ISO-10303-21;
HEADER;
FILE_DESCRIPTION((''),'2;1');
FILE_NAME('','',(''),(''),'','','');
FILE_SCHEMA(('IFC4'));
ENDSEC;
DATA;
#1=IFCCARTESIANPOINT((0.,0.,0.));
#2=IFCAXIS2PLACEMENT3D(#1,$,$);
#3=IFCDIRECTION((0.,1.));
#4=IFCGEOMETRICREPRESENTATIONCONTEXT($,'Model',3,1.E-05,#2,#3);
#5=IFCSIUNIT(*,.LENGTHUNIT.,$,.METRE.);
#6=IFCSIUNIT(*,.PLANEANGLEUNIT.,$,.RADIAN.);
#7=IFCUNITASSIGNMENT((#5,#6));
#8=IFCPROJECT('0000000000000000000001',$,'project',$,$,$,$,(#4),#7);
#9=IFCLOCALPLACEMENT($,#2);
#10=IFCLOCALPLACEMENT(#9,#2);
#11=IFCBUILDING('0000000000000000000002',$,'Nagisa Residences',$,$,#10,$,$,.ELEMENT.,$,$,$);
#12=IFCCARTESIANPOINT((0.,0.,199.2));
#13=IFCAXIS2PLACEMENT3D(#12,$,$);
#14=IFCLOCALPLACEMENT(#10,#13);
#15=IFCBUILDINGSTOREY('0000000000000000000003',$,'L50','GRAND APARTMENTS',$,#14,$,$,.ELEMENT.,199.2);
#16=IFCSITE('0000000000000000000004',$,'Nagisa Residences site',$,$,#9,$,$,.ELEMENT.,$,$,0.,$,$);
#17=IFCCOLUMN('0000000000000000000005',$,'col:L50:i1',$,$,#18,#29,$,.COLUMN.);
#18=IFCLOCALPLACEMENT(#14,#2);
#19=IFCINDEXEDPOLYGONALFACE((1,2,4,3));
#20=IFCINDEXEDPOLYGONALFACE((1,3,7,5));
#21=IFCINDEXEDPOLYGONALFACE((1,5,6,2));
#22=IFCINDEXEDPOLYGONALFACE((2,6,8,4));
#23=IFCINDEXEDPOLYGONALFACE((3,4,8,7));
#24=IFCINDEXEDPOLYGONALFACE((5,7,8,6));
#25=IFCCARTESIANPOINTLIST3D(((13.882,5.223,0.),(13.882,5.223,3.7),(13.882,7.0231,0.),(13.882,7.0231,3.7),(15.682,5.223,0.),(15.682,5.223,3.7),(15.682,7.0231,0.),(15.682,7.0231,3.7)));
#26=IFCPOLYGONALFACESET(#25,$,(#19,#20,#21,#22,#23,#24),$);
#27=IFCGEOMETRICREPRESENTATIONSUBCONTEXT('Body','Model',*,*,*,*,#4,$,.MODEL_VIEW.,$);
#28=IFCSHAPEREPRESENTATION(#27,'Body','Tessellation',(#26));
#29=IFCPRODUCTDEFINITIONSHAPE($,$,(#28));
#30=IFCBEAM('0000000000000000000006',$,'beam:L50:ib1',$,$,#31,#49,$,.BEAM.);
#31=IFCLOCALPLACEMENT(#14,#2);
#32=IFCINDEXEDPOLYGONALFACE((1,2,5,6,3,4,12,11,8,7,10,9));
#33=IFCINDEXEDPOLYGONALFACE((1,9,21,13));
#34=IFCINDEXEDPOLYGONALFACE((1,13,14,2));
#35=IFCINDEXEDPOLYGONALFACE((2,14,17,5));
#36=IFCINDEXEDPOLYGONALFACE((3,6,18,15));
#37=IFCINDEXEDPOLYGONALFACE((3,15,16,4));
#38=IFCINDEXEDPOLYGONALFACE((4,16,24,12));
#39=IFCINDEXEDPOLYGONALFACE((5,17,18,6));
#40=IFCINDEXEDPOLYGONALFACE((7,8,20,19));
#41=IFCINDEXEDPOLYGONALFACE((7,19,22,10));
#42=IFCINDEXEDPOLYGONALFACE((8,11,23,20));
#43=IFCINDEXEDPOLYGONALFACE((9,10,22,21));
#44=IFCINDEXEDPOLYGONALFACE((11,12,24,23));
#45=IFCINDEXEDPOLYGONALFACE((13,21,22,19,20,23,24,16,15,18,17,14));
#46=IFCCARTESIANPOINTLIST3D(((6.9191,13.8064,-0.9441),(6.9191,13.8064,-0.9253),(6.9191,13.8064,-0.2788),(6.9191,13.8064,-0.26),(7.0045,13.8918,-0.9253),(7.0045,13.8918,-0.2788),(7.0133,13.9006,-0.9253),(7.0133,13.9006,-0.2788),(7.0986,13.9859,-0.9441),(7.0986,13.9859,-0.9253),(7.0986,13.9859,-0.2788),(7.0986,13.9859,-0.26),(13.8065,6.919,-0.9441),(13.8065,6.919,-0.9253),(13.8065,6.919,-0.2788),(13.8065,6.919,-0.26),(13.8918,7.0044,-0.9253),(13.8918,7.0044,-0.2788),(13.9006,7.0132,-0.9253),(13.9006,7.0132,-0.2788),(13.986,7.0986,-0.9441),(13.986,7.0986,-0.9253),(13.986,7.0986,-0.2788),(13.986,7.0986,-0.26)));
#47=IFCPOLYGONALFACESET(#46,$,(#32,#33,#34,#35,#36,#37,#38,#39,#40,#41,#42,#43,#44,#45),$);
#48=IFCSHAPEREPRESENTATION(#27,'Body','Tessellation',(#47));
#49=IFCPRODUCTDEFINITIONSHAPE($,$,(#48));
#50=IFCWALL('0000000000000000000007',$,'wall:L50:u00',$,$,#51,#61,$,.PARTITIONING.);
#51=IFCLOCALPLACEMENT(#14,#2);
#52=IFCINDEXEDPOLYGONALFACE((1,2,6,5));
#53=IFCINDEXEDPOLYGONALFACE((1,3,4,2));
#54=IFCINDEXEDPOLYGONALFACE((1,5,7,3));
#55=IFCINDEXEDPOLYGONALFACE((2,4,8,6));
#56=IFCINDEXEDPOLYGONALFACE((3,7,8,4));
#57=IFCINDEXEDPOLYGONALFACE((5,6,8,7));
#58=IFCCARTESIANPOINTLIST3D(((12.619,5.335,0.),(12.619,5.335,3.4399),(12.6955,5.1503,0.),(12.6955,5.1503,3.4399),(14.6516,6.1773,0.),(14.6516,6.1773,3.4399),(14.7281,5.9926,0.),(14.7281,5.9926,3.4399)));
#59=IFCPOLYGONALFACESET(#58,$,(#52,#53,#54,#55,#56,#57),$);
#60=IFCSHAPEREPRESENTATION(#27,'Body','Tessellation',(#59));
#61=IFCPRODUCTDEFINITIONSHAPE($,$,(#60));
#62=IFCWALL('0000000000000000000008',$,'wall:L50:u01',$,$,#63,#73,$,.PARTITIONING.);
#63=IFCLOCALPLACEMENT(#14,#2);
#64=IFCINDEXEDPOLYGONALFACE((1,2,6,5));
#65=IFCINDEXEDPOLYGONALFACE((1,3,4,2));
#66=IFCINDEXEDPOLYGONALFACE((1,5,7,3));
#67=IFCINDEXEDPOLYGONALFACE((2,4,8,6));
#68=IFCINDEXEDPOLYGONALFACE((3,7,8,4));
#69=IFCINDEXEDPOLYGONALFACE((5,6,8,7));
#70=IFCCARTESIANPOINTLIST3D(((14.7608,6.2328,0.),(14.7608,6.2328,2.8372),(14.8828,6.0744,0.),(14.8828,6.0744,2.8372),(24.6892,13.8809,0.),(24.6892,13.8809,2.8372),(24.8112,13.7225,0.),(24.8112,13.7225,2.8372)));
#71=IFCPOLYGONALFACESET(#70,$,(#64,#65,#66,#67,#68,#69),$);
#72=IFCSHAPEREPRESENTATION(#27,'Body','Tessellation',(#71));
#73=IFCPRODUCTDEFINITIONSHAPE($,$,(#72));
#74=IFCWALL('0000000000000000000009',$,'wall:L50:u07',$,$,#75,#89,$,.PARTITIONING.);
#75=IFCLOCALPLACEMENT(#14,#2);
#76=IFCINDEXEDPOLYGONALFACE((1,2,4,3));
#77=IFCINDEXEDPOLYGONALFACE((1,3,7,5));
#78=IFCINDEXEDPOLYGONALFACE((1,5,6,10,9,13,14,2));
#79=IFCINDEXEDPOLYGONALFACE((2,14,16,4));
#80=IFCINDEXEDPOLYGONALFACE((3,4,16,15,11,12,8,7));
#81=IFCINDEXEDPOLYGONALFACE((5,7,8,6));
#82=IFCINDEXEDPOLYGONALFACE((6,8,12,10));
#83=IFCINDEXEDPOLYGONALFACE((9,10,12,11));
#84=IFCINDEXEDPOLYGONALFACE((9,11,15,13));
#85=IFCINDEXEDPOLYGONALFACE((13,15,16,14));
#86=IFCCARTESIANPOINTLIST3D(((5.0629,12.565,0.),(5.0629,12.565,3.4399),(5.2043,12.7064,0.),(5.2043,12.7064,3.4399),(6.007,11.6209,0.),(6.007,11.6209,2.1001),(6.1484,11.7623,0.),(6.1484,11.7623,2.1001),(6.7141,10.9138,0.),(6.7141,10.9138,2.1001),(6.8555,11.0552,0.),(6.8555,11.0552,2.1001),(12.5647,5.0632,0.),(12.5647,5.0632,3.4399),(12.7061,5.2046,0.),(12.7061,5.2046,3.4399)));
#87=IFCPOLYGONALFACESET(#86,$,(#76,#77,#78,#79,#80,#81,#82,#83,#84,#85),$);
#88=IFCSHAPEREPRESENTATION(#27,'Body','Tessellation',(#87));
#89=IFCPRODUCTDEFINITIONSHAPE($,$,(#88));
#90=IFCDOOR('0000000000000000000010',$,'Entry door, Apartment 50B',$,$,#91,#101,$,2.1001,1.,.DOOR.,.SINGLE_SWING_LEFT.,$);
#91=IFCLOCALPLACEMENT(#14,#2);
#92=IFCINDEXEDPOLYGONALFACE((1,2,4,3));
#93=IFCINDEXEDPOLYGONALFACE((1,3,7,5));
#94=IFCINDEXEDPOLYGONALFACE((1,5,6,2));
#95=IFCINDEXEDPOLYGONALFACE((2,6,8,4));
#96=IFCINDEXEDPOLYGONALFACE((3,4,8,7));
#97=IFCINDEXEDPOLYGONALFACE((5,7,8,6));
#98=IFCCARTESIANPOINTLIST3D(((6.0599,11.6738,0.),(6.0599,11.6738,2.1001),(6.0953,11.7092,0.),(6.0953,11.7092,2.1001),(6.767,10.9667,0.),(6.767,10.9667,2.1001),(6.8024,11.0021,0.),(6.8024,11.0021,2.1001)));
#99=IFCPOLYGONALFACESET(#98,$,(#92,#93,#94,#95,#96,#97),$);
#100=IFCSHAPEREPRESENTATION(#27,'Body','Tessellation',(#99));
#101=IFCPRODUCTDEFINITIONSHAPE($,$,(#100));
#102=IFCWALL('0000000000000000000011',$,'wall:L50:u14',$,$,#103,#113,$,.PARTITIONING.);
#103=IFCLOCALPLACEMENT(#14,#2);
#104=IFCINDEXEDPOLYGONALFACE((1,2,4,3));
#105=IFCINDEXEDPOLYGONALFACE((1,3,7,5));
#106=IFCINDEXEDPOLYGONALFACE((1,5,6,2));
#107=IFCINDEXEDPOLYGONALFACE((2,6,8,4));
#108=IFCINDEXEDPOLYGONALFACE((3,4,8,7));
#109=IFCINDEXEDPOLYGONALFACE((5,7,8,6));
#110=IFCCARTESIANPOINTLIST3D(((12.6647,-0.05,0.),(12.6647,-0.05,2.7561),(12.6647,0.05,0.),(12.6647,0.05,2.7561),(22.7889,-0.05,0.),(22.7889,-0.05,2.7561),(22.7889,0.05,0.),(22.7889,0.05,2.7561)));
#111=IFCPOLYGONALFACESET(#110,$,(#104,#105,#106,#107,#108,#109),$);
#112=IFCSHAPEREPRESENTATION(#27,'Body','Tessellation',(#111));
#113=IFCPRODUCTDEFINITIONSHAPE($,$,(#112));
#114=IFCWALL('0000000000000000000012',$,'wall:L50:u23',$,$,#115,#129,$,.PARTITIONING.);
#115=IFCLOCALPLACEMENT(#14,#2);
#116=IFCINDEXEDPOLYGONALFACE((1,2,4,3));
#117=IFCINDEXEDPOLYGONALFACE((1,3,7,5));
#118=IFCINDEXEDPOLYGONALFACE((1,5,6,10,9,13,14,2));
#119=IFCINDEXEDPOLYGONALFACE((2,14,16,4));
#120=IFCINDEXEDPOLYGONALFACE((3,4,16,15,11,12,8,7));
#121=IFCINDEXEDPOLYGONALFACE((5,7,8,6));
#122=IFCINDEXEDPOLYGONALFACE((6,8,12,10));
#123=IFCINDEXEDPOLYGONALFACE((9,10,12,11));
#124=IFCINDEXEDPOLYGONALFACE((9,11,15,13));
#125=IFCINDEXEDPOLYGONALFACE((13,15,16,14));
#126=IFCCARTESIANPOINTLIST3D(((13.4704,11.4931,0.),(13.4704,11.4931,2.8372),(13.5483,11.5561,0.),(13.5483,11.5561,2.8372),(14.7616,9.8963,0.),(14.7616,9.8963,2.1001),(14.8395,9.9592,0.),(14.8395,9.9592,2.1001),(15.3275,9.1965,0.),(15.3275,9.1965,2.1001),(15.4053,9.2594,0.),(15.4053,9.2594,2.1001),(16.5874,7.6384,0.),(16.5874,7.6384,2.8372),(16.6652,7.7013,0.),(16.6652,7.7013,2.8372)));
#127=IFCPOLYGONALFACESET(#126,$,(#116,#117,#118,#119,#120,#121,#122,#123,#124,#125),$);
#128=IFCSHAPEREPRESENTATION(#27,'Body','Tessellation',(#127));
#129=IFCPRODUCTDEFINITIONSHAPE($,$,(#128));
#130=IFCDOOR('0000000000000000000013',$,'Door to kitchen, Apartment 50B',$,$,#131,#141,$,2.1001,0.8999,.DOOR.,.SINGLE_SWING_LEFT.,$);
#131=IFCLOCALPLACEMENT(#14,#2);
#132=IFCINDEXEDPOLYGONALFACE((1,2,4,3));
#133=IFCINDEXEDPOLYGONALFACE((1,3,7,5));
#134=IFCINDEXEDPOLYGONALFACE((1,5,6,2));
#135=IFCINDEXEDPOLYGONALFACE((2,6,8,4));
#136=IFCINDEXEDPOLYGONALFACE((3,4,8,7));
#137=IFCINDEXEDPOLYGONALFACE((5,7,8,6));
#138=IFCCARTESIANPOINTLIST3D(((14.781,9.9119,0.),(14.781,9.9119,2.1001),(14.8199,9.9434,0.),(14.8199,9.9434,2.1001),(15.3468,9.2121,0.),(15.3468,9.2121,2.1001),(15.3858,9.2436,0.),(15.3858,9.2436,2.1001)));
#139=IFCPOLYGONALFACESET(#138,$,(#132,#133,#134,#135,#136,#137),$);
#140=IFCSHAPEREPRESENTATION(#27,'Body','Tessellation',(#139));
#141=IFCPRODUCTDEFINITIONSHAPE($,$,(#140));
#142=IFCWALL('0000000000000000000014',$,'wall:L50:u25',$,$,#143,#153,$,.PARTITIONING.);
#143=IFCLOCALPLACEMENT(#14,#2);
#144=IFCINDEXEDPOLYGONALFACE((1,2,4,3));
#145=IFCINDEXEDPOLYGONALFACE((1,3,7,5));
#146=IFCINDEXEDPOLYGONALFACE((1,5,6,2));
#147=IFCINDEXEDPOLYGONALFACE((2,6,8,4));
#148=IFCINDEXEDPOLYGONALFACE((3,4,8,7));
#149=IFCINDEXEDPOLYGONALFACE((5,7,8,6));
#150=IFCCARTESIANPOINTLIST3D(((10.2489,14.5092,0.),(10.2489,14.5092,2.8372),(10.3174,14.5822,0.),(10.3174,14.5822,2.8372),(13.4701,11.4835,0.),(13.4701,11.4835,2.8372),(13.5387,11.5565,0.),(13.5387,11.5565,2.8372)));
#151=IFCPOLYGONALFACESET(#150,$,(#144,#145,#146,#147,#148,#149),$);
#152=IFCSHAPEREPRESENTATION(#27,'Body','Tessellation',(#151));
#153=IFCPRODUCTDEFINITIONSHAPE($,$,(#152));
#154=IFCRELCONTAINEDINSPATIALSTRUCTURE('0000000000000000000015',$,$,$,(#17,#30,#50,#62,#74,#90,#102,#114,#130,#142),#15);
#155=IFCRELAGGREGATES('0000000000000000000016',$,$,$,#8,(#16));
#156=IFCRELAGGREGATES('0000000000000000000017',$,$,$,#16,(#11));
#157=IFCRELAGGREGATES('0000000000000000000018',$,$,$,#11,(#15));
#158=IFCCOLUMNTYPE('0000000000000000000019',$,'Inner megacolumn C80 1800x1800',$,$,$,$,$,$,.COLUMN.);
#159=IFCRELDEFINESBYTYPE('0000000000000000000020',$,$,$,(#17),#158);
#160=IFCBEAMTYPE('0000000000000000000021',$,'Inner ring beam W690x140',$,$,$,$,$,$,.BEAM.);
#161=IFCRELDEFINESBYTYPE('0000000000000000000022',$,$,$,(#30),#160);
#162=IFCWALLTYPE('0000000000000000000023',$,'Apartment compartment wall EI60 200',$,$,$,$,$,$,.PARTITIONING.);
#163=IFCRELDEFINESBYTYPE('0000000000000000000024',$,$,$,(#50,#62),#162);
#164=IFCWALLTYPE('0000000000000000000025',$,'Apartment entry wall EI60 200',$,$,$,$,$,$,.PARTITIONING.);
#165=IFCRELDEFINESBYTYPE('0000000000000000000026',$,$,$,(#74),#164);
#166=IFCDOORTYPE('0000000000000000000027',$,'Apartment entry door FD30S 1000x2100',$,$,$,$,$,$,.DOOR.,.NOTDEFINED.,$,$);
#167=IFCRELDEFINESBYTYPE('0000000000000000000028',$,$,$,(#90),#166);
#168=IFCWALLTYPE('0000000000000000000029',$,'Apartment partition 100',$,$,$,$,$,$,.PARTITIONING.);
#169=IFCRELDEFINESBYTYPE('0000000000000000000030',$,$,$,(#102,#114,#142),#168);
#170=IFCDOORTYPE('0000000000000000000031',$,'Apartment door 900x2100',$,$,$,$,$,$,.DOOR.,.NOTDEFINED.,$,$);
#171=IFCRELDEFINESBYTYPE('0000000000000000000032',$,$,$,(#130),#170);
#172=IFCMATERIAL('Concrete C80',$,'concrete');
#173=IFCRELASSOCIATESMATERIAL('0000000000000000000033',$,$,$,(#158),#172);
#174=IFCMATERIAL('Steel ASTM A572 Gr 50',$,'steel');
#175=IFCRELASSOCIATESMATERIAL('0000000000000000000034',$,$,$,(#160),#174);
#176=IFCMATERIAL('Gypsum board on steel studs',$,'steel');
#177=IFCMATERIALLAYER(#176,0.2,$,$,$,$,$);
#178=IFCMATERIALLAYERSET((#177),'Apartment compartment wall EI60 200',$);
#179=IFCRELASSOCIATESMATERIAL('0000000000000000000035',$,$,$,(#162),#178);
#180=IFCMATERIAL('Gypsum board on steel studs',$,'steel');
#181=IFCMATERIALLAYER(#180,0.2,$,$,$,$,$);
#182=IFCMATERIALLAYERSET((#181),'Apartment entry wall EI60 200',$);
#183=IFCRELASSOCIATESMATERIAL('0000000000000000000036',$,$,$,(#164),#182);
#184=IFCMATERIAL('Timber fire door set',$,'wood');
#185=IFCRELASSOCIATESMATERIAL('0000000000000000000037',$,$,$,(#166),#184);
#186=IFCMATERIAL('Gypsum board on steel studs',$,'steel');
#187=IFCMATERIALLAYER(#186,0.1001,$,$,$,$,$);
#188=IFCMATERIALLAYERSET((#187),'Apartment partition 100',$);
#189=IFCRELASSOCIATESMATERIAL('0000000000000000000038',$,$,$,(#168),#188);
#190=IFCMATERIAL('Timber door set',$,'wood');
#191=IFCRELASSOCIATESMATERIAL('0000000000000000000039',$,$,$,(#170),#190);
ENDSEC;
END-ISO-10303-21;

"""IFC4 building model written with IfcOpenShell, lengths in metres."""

from ifc_helpers import new_model, si_unit, direction, frame, frame_2d, origin, origin_2d, place, context, subcontext, project, spatial, rectangle, i_section, extrude, material, layer, layer_set, material_profile, profile_set, type_object, element, fill, save


model = new_model("IFC4")

# Units and contexts
model_context = context("Model", 3, precision=1e-05, world=origin(), true_north=direction((0.0, 1.0)))
body_context = subcontext(model_context, "Body", "Model", "MODEL_VIEW")
ifc_project = project(units=[si_unit("LENGTHUNIT", "METRE"), si_unit("PLANEANGLEUNIT", "RADIAN")], contexts=[model_context])

# Site, building, storey
site_placement = place(None, origin())
site = spatial("IfcSite", under=ifc_project, at=site_placement, Name="Nagisa Residences site", CompositionType="ELEMENT", RefElevation=0.0)
building_placement = place(site_placement, origin())
building = spatial("IfcBuilding", under=site, at=building_placement, Name="Nagisa Residences", CompositionType="ELEMENT")
storey_placement = place(building_placement, frame((0.0, 0.0, 199.2)))
storey = spatial("IfcBuildingStorey", under=building, at=storey_placement, Name="L50", Description="GRAND APARTMENTS", CompositionType="ELEMENT", Elevation=199.2)

# Column
ifc_material_1 = material(Name="Concrete C80", Category="concrete")
ifc_material_profile_1 = material_profile(ifc_material_1, rectangle(XDim=1.8, YDim=1.8, at=origin_2d()), Name="C80 1800x1800")
ifc_profile_set_1 = profile_set([ifc_material_profile_1], Name="Concrete C80")
column_type = type_object("IfcColumnType", Name="Inner megacolumn C80 1800x1800", PredefinedType="COLUMN", material=ifc_profile_set_1)
column_placement = place(storey_placement, frame((14.782, 6.123, 0.0), z_axis=(0.0, 0.0, 1.0), x_axis=(1.0, 0.0, 0.0)))
element("IfcColumn", 1, at=column_placement, inside=storey, type_object=column_type, Name="col:L50:i1", PredefinedType="COLUMN", context=body_context, shape_type="SweptSolid", body=[
    extrude(rectangle(XDim=1.8, YDim=1.8, at=origin_2d()), origin(), (0.0, 0.0, 1.0), 3.7),
])

# Beam
ifc_material_2 = material(Name="Steel ASTM A572 Gr 50", Category="steel")
ifc_material_profile_2 = material_profile(ifc_material_2, i_section(OverallWidth=0.2539, OverallDepth=0.6841, WebThickness=0.0125, FlangeThickness=0.0188, at=origin_2d()), Name="W690x140")
ifc_profile_set_2 = profile_set([ifc_material_profile_2], Name="Steel ASTM A572 Gr 50")
beam_type = type_object("IfcBeamType", Name="Inner ring beam W690x140", PredefinedType="BEAM", material=ifc_profile_set_2)
beam_placement = place(storey_placement, frame((13.8962, 7.0088, -0.6021), z_axis=(-0.707107, 0.707107, 0.0), x_axis=(-0.707107, -0.707107, 0.0)))
element("IfcBeam", 2, at=beam_placement, inside=storey, type_object=beam_type, Name="beam:L50:ib1", PredefinedType="BEAM", context=body_context, shape_type="SweptSolid", body=[
    extrude(i_section(OverallWidth=0.2539, OverallDepth=0.6841, WebThickness=0.0125, FlangeThickness=0.0188, at=origin_2d()), origin(), (0.0, 0.0, 1.0), 9.7402),
])

# Walls
ifc_material_3 = material(Name="Gypsum board on steel studs", Category="steel")
ifc_layer_1 = layer(ifc_material_3, 0.2)
ifc_layer_set_1 = layer_set([ifc_layer_1], Name="Apartment compartment wall EI60 200")
wall_type_1 = type_object("IfcWallType", Name="Apartment compartment wall EI60 200", PredefinedType="PARTITIONING", material=ifc_layer_set_1)
wall_1_placement = place(storey_placement, frame((12.6572, 5.2427, 0.0), z_axis=(0.0, 0.0, 1.0), x_axis=(0.92383, 0.382803, 0.0)))
element("IfcWall", 3, at=wall_1_placement, inside=storey, type_object=wall_type_1, Name="wall:L50:u00", PredefinedType="PARTITIONING", context=body_context, shape_type="SweptSolid", body=[
    extrude(rectangle(XDim=2.2002, YDim=0.2, at=frame_2d((1.1001, 0.0))), origin(), (0.0, 0.0, 1.0), 3.4399),
])
wall_2_placement = place(storey_placement, frame((14.8218, 6.1536, 0.0), z_axis=(0.0, 0.0, 1.0), x_axis=(0.792203, 0.610258, 0.0)))
element("IfcWall", 4, at=wall_2_placement, inside=storey, type_object=wall_type_1, Name="wall:L50:u01", PredefinedType="PARTITIONING", context=body_context, shape_type="SweptSolid", body=[
    extrude(rectangle(XDim=12.5327, YDim=0.2, at=frame_2d((6.2664, 0.0))), origin(), (0.0, 0.0, 1.0), 2.8372),
])

# Wall, opening, door
ifc_material_4 = material(Name="Gypsum board on steel studs", Category="steel")
ifc_layer_2 = layer(ifc_material_4, 0.2)
ifc_layer_set_2 = layer_set([ifc_layer_2], Name="Apartment entry wall EI60 200")
wall_type_2 = type_object("IfcWallType", Name="Apartment entry wall EI60 200", PredefinedType="PARTITIONING", material=ifc_layer_set_2)
wall_3_placement = place(storey_placement, frame((12.6355, 5.1338, 0.0), z_axis=(0.0, 0.0, 1.0), x_axis=(-0.707107, 0.707107, 0.0)))
wall_3 = element("IfcWall", 5, at=wall_3_placement, inside=storey, type_object=wall_type_2, Name="wall:L50:u07", PredefinedType="PARTITIONING", context=body_context, shape_type="SweptSolid", body=[
    extrude(rectangle(XDim=10.6091, YDim=0.2, at=frame_2d((5.3047, 0.0))), origin(), (0.0, 0.0, 1.0), 3.4399),
])
opening_1_placement = place(wall_3_placement, frame((8.2742, 0.0, 0.0)))
opening_1 = element("IfcOpeningElement", 6, at=opening_1_placement, cuts=wall_3, PredefinedType="OPENING", context=body_context, shape_type="SweptSolid", body=[
    extrude(rectangle(XDim=1.0, YDim=2.1001, at=frame_2d((0.5, 1.05))), frame((0.0, 0.1099, 0.0), z_axis=(0.0, -1.0, 0.0), x_axis=(1.0, 0.0, 0.0)), (0.0, 0.0, 1.0), 0.22),
])
ifc_material_5 = material(Name="Timber fire door set", Category="wood")
door_type_1 = type_object("IfcDoorType", Name="Apartment entry door FD30S 1000x2100", OperationType="NOTDEFINED", PredefinedType="DOOR", material=ifc_material_5)
door_1_placement = place(opening_1_placement, frame((1.0, 0.0, 0.0), x_axis=(-1.0, 0.0, 0.0)))
door_1 = element("IfcDoor", 7, at=door_1_placement, inside=storey, type_object=door_type_1, Name="Entry door, Apartment 50B", OperationType="SINGLE_SWING_LEFT", OverallHeight=2.1001, OverallWidth=1.0, PredefinedType="DOOR", context=body_context, shape_type="SweptSolid", body=[
    extrude(rectangle(XDim=1.0, YDim=2.1001, at=frame_2d((0.5, 1.05))), frame((0.0, 0.0249, 0.0), z_axis=(0.0, -1.0, 0.0), x_axis=(1.0, 0.0, 0.0)), (0.0, 0.0, 1.0), 0.05),
])
fill(opening_1, door_1)

# Wall
ifc_material_6 = material(Name="Gypsum board on steel studs", Category="steel")
ifc_layer_3 = layer(ifc_material_6, 0.1001)
ifc_layer_set_3 = layer_set([ifc_layer_3], Name="Apartment partition 100")
wall_type_3 = type_object("IfcWallType", Name="Apartment partition 100", PredefinedType="PARTITIONING", material=ifc_layer_set_3)
wall_4_placement = place(storey_placement, frame((12.6648, 0.0, 0.0), z_axis=(0.0, 0.0, 1.0), x_axis=(1.0, 0.0, 0.0)))
element("IfcWall", 8, at=wall_4_placement, inside=storey, type_object=wall_type_3, Name="wall:L50:u14", PredefinedType="PARTITIONING", context=body_context, shape_type="SweptSolid", body=[
    extrude(rectangle(XDim=10.1243, YDim=0.1001, at=frame_2d((5.062, 0.0))), origin(), (0.0, 0.0, 1.0), 2.7561),
])

# Wall, opening, door
wall_5_placement = place(storey_placement, frame((16.6262, 7.6699, 0.0), z_axis=(0.0, 0.0, 1.0), x_axis=(-0.628765, 0.777596, 0.0)))
wall_5 = element("IfcWall", 9, at=wall_5_placement, inside=storey, type_object=wall_type_3, Name="wall:L50:u23", PredefinedType="PARTITIONING", context=body_context, shape_type="SweptSolid", body=[
    extrude(rectangle(XDim=4.9573, YDim=0.1001, at=frame_2d((2.4785, 0.0))), origin(), (0.0, 0.0, 1.0), 2.8372),
])
opening_2_placement = place(wall_5_placement, frame((2.0037, 0.0, 0.0)))
opening_2 = element("IfcOpeningElement", 10, at=opening_2_placement, cuts=wall_5, PredefinedType="OPENING", context=body_context, shape_type="SweptSolid", body=[
    extrude(rectangle(XDim=0.8999, YDim=2.1001, at=frame_2d((0.45, 1.05))), frame((0.0, 0.0601, 0.0), z_axis=(0.0, -1.0, 0.0), x_axis=(1.0, 0.0, 0.0)), (0.0, 0.0, 1.0), 0.1201),
])
ifc_material_7 = material(Name="Timber door set", Category="wood")
door_type_2 = type_object("IfcDoorType", Name="Apartment door 900x2100", OperationType="NOTDEFINED", PredefinedType="DOOR", material=ifc_material_7)
door_2_placement = place(opening_2_placement, frame((0.8999, 0.0, 0.0), x_axis=(-1.0, 0.0, 0.0)))
door_2 = element("IfcDoor", 11, at=door_2_placement, inside=storey, type_object=door_type_2, Name="Door to kitchen, Apartment 50B", OperationType="SINGLE_SWING_LEFT", OverallHeight=2.1001, OverallWidth=0.8999, PredefinedType="DOOR", context=body_context, shape_type="SweptSolid", body=[
    extrude(rectangle(XDim=0.8999, YDim=2.1001, at=frame_2d((0.45, 1.05))), frame((0.0, 0.0249, 0.0), z_axis=(0.0, -1.0, 0.0), x_axis=(1.0, 0.0, 0.0)), (0.0, 0.0, 1.0), 0.05),
])
fill(opening_2, door_2)

# Wall
wall_6_placement = place(storey_placement, frame((13.5044, 11.52, 0.0), z_axis=(0.0, 0.0, 1.0), x_axis=(-0.728886, 0.684635, 0.0)))
element("IfcWall", 12, at=wall_6_placement, inside=storey, type_object=wall_type_3, Name="wall:L50:u25", PredefinedType="PARTITIONING", context=body_context, shape_type="SweptSolid", body=[
    extrude(rectangle(XDim=4.4194, YDim=0.1001, at=frame_2d((2.2097, 0.0))), origin(), (0.0, 0.0, 1.0), 2.8372),
])

save(model, "model.ifc")
